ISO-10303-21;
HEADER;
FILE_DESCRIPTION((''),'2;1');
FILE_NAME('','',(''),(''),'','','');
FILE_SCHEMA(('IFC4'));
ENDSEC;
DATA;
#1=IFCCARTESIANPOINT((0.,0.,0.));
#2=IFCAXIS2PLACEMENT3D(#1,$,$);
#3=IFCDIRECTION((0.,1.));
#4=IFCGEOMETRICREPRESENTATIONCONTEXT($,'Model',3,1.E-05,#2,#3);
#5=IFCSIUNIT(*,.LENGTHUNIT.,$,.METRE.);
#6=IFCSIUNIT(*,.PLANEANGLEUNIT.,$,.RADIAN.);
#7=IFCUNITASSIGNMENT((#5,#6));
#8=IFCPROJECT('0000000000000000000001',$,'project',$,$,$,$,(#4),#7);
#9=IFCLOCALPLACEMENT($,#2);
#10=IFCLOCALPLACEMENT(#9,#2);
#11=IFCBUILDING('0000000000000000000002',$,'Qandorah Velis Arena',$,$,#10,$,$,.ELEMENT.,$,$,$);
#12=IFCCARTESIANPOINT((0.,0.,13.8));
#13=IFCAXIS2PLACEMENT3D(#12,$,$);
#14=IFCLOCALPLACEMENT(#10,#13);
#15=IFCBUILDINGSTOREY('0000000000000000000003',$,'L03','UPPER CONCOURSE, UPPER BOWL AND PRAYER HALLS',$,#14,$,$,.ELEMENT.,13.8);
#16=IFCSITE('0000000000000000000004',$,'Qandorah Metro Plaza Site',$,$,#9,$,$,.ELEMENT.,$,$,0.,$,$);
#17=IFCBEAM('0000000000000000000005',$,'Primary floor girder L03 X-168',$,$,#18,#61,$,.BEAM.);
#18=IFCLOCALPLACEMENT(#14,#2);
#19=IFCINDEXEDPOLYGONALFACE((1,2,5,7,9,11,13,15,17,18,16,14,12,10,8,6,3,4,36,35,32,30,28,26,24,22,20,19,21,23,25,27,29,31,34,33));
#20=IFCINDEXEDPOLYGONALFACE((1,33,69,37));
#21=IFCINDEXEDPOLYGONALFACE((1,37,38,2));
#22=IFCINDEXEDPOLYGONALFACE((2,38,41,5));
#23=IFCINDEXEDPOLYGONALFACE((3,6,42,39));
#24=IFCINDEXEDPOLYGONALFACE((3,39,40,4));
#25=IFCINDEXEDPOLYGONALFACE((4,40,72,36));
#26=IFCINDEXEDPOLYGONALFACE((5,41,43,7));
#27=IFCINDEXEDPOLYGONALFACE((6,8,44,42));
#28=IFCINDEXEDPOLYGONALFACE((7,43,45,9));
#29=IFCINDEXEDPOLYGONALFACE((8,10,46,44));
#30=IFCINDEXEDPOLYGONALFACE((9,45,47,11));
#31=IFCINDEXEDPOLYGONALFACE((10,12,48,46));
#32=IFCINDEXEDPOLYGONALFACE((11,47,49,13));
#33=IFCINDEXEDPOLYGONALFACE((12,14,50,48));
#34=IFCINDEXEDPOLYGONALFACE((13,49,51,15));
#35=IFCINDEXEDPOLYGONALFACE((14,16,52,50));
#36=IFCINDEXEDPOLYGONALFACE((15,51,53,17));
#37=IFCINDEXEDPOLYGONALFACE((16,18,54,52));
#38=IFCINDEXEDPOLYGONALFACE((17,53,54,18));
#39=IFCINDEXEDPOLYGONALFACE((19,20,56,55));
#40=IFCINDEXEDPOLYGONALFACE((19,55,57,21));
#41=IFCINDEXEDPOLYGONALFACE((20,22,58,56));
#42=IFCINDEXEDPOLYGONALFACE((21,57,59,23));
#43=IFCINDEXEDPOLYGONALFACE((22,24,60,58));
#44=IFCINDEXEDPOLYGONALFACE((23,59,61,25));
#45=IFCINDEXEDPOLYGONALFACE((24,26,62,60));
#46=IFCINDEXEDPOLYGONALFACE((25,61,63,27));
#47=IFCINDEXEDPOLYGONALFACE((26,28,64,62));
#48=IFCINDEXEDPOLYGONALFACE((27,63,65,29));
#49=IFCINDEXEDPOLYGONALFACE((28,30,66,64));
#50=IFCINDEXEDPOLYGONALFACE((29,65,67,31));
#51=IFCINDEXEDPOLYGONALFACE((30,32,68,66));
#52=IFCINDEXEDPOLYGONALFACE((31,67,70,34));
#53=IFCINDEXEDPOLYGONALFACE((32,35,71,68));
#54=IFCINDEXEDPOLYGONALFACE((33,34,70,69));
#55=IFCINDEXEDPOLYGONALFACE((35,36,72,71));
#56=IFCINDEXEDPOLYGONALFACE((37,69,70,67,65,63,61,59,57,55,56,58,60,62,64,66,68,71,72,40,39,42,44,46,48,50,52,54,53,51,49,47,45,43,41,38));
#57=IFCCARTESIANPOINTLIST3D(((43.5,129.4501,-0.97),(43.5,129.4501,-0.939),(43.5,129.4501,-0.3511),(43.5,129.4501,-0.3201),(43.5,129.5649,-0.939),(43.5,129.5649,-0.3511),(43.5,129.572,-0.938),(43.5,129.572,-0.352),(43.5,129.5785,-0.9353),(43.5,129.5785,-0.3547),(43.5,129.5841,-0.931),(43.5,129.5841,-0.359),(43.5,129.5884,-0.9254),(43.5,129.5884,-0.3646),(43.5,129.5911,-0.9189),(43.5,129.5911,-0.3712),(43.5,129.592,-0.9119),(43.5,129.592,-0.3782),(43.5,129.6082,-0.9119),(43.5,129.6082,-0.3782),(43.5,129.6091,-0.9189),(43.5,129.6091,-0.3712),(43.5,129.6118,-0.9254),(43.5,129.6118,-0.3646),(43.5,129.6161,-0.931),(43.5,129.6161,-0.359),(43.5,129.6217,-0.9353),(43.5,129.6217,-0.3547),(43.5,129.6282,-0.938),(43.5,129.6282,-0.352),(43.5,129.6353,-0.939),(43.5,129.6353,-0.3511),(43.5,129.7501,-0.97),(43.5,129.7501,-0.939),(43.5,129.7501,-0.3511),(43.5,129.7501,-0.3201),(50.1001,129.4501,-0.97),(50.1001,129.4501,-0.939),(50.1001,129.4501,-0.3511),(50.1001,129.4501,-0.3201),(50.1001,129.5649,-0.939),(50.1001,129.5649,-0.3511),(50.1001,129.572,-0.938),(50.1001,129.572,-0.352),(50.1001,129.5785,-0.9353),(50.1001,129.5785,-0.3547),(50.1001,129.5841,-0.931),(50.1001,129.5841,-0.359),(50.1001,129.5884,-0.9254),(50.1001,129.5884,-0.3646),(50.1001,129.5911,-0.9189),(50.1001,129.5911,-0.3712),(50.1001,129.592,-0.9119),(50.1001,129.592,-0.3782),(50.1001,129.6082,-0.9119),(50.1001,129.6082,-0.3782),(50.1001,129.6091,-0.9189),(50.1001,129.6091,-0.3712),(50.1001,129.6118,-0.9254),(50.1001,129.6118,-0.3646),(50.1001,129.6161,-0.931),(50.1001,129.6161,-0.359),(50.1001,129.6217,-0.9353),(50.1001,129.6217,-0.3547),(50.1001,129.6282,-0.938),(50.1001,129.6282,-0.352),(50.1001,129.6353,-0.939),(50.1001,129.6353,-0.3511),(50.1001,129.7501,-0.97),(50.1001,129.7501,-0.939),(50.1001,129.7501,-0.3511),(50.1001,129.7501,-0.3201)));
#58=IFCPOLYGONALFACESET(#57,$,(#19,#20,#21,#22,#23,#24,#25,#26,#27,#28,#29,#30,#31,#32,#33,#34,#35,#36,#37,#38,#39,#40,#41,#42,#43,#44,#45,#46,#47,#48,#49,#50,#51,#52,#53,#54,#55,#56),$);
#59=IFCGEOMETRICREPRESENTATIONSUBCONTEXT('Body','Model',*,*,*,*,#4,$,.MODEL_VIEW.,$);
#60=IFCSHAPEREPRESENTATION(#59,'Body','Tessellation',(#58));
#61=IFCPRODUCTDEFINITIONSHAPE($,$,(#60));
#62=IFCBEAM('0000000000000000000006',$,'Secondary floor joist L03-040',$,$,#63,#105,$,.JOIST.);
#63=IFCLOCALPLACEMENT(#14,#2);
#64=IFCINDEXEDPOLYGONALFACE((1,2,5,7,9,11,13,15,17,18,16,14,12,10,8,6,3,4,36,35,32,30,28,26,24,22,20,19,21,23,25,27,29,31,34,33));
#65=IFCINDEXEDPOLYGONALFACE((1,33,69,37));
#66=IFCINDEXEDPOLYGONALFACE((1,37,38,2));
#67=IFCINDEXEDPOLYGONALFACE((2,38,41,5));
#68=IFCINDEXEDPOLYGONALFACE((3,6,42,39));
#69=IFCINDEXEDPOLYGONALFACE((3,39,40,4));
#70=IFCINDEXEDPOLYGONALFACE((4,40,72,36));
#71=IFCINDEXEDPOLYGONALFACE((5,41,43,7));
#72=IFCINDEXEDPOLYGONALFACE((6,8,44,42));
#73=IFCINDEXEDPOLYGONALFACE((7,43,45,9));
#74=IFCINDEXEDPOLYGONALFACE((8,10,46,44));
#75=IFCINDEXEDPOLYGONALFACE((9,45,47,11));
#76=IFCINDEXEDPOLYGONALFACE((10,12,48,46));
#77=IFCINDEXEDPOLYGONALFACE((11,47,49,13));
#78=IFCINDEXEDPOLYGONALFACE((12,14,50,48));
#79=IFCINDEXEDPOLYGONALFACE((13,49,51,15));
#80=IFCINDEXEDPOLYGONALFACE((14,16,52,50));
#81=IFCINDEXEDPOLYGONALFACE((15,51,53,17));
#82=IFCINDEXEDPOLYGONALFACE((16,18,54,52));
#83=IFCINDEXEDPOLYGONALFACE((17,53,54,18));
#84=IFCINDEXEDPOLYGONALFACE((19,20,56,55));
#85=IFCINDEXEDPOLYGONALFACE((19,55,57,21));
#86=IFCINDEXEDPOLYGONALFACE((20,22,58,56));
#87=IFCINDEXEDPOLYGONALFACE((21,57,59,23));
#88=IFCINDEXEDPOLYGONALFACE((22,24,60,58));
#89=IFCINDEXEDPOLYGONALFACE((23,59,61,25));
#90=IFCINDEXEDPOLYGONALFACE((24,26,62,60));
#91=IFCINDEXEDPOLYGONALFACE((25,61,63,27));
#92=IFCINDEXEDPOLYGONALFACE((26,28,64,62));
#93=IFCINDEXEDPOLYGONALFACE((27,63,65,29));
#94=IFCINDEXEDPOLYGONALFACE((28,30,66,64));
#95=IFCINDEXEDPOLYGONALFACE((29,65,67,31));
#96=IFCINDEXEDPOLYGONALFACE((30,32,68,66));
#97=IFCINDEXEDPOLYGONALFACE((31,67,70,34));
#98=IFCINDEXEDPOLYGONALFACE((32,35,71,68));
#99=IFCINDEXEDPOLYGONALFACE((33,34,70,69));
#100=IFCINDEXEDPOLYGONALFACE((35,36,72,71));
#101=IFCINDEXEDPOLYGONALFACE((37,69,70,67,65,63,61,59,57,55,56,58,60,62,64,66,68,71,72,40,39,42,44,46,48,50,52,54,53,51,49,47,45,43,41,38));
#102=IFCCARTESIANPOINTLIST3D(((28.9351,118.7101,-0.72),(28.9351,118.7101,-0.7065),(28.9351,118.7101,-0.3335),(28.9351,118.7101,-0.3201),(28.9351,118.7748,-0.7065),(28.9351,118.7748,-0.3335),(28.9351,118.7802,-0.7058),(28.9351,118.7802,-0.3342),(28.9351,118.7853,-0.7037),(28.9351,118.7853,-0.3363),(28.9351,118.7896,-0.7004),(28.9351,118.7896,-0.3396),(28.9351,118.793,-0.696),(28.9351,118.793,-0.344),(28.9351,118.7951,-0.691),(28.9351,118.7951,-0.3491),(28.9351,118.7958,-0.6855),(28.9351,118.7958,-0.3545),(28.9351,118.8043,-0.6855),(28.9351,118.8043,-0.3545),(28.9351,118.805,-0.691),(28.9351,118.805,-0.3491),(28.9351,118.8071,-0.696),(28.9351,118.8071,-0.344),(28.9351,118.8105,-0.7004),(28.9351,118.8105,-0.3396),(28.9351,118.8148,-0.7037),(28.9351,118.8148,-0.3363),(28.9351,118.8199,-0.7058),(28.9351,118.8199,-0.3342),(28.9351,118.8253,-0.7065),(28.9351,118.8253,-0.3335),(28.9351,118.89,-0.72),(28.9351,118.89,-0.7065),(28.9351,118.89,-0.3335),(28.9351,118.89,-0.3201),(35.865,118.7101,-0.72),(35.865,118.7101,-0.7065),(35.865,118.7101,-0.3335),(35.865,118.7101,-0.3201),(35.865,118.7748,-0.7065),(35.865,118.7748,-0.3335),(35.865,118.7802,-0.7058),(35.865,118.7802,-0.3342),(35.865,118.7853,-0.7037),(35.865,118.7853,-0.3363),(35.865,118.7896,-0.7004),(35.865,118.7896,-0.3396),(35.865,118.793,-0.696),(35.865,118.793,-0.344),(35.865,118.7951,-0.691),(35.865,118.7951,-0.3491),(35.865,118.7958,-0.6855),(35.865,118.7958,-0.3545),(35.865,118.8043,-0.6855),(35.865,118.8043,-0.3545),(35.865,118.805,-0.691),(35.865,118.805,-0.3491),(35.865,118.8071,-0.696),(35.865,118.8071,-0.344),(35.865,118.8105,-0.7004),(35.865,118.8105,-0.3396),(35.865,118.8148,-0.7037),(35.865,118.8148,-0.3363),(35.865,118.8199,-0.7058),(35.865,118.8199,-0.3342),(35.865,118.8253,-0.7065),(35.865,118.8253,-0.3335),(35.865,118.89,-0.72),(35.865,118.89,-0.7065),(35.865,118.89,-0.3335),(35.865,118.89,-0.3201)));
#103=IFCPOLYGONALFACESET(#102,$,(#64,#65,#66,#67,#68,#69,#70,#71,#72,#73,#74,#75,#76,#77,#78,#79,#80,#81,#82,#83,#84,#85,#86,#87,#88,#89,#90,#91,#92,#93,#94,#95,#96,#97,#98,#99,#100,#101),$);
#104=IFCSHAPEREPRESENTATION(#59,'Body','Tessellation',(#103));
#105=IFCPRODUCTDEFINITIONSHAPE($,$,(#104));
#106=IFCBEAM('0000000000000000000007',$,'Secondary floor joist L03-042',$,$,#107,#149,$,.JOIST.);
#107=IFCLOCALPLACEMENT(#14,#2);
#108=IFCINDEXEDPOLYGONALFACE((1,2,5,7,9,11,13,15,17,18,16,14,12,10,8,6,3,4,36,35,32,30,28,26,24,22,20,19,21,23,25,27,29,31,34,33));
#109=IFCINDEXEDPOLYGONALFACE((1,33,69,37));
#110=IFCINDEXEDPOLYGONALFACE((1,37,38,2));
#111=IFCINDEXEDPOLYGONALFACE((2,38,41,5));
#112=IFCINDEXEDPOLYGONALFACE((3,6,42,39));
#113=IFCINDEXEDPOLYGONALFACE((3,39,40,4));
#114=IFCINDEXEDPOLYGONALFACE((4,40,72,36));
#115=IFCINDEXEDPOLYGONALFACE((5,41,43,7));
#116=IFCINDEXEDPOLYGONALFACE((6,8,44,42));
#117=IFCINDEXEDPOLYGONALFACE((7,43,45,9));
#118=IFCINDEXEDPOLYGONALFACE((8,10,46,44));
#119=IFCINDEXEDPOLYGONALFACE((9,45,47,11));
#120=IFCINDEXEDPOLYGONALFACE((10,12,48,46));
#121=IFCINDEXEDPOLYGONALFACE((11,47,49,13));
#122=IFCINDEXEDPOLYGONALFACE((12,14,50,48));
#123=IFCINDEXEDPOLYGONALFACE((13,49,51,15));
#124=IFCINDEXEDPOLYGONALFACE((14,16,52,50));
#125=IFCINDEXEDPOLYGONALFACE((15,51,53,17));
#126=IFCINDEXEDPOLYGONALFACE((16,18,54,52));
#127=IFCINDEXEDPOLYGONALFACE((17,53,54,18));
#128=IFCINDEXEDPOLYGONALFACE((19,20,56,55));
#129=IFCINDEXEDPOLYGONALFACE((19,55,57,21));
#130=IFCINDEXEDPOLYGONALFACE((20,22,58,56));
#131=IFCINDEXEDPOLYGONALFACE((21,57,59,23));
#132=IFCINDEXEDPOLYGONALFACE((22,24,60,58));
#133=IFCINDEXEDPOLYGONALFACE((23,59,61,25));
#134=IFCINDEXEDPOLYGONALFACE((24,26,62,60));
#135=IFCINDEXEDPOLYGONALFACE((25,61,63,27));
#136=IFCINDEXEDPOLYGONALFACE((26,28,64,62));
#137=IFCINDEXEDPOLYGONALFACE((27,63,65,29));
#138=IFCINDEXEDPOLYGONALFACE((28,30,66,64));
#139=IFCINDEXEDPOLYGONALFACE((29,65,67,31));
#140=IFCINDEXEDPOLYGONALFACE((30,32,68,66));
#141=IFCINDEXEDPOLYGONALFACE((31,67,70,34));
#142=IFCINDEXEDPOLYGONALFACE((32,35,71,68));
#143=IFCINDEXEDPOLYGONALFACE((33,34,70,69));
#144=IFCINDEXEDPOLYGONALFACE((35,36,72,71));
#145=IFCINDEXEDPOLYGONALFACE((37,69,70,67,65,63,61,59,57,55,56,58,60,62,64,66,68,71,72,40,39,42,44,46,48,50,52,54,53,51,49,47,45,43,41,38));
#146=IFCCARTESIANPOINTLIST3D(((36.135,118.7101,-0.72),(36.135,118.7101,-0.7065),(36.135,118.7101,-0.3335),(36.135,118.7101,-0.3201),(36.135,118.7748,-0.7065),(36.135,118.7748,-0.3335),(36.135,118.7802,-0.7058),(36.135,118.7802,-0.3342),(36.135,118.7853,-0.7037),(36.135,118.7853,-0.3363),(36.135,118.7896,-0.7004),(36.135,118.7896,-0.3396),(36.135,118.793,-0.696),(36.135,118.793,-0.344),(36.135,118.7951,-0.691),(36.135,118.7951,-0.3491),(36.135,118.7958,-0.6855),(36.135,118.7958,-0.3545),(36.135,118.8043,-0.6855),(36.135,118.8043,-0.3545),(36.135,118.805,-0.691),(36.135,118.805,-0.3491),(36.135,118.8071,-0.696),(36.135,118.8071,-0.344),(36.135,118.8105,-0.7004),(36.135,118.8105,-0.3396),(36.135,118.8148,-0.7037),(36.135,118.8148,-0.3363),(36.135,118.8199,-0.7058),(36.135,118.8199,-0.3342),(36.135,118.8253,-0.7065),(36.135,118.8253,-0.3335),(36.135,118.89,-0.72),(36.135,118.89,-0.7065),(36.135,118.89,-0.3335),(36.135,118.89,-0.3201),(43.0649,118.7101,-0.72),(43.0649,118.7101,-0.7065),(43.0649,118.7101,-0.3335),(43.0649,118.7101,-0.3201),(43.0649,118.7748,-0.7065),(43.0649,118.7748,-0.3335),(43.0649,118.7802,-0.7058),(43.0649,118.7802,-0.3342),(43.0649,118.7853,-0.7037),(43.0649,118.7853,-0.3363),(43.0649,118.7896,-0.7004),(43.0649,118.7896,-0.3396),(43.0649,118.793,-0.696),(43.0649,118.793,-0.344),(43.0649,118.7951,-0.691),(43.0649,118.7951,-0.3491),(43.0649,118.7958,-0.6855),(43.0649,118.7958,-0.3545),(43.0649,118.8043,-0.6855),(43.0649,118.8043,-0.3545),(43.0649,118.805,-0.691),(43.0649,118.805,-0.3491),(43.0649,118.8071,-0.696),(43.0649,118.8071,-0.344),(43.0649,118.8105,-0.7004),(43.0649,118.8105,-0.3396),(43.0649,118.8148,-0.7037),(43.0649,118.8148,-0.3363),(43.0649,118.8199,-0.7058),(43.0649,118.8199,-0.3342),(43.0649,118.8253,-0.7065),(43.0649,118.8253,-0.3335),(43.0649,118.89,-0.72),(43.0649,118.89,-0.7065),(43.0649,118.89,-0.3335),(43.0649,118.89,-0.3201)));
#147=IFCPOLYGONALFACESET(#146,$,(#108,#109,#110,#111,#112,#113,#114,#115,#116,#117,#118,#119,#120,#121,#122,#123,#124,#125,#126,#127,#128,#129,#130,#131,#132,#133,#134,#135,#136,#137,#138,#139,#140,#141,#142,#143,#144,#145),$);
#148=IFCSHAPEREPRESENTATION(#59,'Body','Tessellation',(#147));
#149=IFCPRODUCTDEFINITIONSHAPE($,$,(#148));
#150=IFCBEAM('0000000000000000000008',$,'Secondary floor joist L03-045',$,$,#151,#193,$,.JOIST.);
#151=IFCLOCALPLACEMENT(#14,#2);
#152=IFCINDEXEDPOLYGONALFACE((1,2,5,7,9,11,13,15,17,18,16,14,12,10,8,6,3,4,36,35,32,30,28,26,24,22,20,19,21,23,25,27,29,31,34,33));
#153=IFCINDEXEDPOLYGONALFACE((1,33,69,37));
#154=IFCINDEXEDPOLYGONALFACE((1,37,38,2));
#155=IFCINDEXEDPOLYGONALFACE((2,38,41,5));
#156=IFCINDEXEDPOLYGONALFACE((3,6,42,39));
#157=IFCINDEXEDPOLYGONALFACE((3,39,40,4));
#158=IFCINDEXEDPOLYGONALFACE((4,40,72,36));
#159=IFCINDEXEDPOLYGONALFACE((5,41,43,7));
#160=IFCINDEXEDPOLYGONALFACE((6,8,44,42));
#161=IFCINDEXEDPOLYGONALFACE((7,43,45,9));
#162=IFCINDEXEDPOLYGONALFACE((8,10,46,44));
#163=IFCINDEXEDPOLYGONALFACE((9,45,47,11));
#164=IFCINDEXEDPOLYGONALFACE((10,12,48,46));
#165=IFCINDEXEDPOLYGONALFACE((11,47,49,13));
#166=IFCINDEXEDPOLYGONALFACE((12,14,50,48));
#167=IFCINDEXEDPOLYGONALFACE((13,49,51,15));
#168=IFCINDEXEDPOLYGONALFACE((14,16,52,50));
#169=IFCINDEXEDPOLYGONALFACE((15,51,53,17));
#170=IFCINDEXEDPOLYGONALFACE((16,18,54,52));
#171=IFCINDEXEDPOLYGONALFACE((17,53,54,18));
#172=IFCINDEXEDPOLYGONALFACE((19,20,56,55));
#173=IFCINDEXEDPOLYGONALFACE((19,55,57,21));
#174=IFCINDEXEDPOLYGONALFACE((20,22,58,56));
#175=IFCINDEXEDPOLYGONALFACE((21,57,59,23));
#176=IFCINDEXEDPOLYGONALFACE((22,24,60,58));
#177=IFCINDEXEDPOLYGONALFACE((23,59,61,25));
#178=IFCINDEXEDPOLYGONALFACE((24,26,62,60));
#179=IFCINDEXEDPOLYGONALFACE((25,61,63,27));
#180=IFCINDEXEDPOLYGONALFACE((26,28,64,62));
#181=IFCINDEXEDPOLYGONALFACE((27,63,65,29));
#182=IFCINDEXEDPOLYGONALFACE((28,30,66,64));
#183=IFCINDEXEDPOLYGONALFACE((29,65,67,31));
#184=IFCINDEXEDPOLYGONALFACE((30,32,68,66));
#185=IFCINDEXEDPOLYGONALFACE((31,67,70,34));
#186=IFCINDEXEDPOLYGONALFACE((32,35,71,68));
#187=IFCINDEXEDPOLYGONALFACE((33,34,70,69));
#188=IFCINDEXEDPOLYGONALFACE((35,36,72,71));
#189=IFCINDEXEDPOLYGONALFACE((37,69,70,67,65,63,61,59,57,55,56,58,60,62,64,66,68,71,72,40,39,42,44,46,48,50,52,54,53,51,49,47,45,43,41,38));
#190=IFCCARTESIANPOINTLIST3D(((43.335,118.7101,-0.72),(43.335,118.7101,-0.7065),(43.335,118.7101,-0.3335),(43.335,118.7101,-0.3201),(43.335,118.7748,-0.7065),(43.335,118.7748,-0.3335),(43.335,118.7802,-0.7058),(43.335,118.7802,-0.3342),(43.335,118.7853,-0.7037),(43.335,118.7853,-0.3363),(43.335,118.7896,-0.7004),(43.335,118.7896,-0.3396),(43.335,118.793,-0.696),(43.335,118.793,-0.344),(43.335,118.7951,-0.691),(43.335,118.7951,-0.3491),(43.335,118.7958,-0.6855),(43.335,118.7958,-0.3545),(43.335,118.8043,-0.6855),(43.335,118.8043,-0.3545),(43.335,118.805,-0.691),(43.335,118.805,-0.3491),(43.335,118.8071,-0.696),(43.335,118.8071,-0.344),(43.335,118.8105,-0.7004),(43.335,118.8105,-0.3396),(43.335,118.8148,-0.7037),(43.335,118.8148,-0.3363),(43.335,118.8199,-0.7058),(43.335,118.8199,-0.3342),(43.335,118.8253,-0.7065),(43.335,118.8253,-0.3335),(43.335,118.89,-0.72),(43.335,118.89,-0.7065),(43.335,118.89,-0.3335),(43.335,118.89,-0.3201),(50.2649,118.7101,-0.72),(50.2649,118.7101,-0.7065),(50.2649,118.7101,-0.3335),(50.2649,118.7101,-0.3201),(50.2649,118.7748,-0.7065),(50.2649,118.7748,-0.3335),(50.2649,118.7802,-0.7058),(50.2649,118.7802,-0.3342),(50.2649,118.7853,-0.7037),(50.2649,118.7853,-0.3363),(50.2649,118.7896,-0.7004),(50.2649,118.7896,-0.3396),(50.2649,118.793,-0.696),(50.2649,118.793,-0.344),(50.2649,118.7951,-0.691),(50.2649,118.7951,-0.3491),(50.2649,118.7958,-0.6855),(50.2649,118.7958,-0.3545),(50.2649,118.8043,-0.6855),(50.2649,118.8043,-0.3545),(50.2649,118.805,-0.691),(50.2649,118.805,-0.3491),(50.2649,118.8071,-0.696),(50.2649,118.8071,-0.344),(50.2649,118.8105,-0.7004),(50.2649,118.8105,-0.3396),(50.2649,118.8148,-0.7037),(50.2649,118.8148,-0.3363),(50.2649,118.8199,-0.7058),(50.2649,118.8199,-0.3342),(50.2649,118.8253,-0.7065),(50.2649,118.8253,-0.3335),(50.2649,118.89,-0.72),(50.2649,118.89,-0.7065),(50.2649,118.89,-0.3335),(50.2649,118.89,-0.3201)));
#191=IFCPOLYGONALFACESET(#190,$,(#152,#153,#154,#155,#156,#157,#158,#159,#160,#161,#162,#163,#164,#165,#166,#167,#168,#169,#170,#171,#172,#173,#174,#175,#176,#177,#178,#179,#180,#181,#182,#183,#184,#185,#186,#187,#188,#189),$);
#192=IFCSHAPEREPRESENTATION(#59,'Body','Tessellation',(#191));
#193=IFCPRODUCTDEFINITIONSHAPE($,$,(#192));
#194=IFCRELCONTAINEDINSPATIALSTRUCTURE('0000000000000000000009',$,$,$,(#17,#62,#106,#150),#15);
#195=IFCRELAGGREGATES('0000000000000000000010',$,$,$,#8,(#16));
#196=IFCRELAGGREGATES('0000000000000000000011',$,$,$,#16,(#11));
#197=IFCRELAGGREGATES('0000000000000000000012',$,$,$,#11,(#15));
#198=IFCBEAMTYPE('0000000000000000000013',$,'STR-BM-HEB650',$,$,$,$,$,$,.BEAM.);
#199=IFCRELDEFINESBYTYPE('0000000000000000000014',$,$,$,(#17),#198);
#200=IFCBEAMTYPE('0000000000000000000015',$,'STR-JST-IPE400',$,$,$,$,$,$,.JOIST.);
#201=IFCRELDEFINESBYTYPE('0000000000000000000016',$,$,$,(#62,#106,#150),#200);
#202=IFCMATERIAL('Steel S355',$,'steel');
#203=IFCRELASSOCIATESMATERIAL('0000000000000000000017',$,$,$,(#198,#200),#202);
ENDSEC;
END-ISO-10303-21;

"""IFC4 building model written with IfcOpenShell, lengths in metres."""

from ifc_helpers import new_model, si_unit, direction, frame, origin, origin_2d, place, context, subcontext, project, spatial, i_section, extrude, material, material_profile, profile_set, type_object, element, save


model = new_model("IFC4")

# Units and contexts
model_context = context("Model", 3, precision=1e-05, world=origin(), true_north=direction((0.0, 1.0)))
body_context = subcontext(model_context, "Body", "Model", "MODEL_VIEW")
ifc_project = project(units=[si_unit("LENGTHUNIT", "METRE"), si_unit("PLANEANGLEUNIT", "RADIAN")], contexts=[model_context])

# Site, building, storey
site_placement = place(None, origin())
site = spatial("IfcSite", under=ifc_project, at=site_placement, Name="Qandorah Metro Plaza Site", CompositionType="ELEMENT", RefElevation=0.0)
building_placement = place(site_placement, origin())
building = spatial("IfcBuilding", under=site, at=building_placement, Name="Qandorah Velis Arena", CompositionType="ELEMENT")
storey_placement = place(building_placement, frame((0.0, 0.0, 13.8)))
storey = spatial("IfcBuildingStorey", under=building, at=storey_placement, Name="L03", Description="UPPER CONCOURSE, UPPER BOWL AND PRAYER HALLS", CompositionType="ELEMENT", Elevation=13.8)

# Beams
ifc_material_1 = material(Name="Steel S355", Category="steel")
ifc_material_profile_1 = material_profile(ifc_material_1, i_section(OverallWidth=0.3, OverallDepth=0.6499, WebThickness=0.0161, FlangeThickness=0.031, FilletRadius=0.0271, at=origin_2d()), Name="HEB 650")
ifc_profile_set_1 = profile_set([ifc_material_profile_1], Name="Steel S355")
beam_type_1 = type_object("IfcBeamType", Name="STR-BM-HEB650", PredefinedType="BEAM", material=ifc_profile_set_1)
beam_1_placement = place(storey_placement, frame((43.5, 129.6001, -0.645), z_axis=(1.0, 0.0, 0.0), x_axis=(0.0, 1.0, 0.0)))
element("IfcBeam", 1, at=beam_1_placement, inside=storey, type_object=beam_type_1, Name="Primary floor girder L03 X-168", PredefinedType="BEAM", context=body_context, shape_type="SweptSolid", body=[
    extrude(i_section(OverallWidth=0.3, OverallDepth=0.6499, WebThickness=0.0161, FlangeThickness=0.031, FilletRadius=0.0271, at=origin_2d()), origin(), (0.0, 0.0, 1.0), 6.6001),
])
ifc_material_profile_2 = material_profile(ifc_material_1, i_section(OverallWidth=0.1799, OverallDepth=0.3999, WebThickness=0.0085, FlangeThickness=0.0134, FilletRadius=0.021, at=origin_2d()), Name="IPE 400")
ifc_profile_set_2 = profile_set([ifc_material_profile_2], Name="Steel S355")
beam_type_2 = type_object("IfcBeamType", Name="STR-JST-IPE400", PredefinedType="JOIST", material=ifc_profile_set_2)
for number, where, z_axis, x_axis, name in (
    (2, (28.9351, 118.8, -0.52), (1.0, 0.0, 0.0), (0.0, 1.0, 0.0), "Secondary floor joist L03-040"),
    (3, (36.135, 118.8, -0.52), (1.0, 0.0, 0.0), (0.0, 1.0, 0.0), "Secondary floor joist L03-042"),
    (4, (43.335, 118.8, -0.52), (1.0, 0.0, 0.0), (0.0, 1.0, 0.0), "Secondary floor joist L03-045"),
):
    element("IfcBeam", number, at=place(storey_placement, frame(where, z_axis=z_axis, x_axis=x_axis)), inside=storey, type_object=beam_type_2, Name=name, PredefinedType="JOIST", context=body_context, shape_type="SweptSolid", body=[
        extrude(i_section(OverallWidth=0.1799, OverallDepth=0.3999, WebThickness=0.0085, FlangeThickness=0.0134, FilletRadius=0.021, at=origin_2d()), origin(), (0.0, 0.0, 1.0), 6.9299),
    ])

save(model, "model.ifc")
